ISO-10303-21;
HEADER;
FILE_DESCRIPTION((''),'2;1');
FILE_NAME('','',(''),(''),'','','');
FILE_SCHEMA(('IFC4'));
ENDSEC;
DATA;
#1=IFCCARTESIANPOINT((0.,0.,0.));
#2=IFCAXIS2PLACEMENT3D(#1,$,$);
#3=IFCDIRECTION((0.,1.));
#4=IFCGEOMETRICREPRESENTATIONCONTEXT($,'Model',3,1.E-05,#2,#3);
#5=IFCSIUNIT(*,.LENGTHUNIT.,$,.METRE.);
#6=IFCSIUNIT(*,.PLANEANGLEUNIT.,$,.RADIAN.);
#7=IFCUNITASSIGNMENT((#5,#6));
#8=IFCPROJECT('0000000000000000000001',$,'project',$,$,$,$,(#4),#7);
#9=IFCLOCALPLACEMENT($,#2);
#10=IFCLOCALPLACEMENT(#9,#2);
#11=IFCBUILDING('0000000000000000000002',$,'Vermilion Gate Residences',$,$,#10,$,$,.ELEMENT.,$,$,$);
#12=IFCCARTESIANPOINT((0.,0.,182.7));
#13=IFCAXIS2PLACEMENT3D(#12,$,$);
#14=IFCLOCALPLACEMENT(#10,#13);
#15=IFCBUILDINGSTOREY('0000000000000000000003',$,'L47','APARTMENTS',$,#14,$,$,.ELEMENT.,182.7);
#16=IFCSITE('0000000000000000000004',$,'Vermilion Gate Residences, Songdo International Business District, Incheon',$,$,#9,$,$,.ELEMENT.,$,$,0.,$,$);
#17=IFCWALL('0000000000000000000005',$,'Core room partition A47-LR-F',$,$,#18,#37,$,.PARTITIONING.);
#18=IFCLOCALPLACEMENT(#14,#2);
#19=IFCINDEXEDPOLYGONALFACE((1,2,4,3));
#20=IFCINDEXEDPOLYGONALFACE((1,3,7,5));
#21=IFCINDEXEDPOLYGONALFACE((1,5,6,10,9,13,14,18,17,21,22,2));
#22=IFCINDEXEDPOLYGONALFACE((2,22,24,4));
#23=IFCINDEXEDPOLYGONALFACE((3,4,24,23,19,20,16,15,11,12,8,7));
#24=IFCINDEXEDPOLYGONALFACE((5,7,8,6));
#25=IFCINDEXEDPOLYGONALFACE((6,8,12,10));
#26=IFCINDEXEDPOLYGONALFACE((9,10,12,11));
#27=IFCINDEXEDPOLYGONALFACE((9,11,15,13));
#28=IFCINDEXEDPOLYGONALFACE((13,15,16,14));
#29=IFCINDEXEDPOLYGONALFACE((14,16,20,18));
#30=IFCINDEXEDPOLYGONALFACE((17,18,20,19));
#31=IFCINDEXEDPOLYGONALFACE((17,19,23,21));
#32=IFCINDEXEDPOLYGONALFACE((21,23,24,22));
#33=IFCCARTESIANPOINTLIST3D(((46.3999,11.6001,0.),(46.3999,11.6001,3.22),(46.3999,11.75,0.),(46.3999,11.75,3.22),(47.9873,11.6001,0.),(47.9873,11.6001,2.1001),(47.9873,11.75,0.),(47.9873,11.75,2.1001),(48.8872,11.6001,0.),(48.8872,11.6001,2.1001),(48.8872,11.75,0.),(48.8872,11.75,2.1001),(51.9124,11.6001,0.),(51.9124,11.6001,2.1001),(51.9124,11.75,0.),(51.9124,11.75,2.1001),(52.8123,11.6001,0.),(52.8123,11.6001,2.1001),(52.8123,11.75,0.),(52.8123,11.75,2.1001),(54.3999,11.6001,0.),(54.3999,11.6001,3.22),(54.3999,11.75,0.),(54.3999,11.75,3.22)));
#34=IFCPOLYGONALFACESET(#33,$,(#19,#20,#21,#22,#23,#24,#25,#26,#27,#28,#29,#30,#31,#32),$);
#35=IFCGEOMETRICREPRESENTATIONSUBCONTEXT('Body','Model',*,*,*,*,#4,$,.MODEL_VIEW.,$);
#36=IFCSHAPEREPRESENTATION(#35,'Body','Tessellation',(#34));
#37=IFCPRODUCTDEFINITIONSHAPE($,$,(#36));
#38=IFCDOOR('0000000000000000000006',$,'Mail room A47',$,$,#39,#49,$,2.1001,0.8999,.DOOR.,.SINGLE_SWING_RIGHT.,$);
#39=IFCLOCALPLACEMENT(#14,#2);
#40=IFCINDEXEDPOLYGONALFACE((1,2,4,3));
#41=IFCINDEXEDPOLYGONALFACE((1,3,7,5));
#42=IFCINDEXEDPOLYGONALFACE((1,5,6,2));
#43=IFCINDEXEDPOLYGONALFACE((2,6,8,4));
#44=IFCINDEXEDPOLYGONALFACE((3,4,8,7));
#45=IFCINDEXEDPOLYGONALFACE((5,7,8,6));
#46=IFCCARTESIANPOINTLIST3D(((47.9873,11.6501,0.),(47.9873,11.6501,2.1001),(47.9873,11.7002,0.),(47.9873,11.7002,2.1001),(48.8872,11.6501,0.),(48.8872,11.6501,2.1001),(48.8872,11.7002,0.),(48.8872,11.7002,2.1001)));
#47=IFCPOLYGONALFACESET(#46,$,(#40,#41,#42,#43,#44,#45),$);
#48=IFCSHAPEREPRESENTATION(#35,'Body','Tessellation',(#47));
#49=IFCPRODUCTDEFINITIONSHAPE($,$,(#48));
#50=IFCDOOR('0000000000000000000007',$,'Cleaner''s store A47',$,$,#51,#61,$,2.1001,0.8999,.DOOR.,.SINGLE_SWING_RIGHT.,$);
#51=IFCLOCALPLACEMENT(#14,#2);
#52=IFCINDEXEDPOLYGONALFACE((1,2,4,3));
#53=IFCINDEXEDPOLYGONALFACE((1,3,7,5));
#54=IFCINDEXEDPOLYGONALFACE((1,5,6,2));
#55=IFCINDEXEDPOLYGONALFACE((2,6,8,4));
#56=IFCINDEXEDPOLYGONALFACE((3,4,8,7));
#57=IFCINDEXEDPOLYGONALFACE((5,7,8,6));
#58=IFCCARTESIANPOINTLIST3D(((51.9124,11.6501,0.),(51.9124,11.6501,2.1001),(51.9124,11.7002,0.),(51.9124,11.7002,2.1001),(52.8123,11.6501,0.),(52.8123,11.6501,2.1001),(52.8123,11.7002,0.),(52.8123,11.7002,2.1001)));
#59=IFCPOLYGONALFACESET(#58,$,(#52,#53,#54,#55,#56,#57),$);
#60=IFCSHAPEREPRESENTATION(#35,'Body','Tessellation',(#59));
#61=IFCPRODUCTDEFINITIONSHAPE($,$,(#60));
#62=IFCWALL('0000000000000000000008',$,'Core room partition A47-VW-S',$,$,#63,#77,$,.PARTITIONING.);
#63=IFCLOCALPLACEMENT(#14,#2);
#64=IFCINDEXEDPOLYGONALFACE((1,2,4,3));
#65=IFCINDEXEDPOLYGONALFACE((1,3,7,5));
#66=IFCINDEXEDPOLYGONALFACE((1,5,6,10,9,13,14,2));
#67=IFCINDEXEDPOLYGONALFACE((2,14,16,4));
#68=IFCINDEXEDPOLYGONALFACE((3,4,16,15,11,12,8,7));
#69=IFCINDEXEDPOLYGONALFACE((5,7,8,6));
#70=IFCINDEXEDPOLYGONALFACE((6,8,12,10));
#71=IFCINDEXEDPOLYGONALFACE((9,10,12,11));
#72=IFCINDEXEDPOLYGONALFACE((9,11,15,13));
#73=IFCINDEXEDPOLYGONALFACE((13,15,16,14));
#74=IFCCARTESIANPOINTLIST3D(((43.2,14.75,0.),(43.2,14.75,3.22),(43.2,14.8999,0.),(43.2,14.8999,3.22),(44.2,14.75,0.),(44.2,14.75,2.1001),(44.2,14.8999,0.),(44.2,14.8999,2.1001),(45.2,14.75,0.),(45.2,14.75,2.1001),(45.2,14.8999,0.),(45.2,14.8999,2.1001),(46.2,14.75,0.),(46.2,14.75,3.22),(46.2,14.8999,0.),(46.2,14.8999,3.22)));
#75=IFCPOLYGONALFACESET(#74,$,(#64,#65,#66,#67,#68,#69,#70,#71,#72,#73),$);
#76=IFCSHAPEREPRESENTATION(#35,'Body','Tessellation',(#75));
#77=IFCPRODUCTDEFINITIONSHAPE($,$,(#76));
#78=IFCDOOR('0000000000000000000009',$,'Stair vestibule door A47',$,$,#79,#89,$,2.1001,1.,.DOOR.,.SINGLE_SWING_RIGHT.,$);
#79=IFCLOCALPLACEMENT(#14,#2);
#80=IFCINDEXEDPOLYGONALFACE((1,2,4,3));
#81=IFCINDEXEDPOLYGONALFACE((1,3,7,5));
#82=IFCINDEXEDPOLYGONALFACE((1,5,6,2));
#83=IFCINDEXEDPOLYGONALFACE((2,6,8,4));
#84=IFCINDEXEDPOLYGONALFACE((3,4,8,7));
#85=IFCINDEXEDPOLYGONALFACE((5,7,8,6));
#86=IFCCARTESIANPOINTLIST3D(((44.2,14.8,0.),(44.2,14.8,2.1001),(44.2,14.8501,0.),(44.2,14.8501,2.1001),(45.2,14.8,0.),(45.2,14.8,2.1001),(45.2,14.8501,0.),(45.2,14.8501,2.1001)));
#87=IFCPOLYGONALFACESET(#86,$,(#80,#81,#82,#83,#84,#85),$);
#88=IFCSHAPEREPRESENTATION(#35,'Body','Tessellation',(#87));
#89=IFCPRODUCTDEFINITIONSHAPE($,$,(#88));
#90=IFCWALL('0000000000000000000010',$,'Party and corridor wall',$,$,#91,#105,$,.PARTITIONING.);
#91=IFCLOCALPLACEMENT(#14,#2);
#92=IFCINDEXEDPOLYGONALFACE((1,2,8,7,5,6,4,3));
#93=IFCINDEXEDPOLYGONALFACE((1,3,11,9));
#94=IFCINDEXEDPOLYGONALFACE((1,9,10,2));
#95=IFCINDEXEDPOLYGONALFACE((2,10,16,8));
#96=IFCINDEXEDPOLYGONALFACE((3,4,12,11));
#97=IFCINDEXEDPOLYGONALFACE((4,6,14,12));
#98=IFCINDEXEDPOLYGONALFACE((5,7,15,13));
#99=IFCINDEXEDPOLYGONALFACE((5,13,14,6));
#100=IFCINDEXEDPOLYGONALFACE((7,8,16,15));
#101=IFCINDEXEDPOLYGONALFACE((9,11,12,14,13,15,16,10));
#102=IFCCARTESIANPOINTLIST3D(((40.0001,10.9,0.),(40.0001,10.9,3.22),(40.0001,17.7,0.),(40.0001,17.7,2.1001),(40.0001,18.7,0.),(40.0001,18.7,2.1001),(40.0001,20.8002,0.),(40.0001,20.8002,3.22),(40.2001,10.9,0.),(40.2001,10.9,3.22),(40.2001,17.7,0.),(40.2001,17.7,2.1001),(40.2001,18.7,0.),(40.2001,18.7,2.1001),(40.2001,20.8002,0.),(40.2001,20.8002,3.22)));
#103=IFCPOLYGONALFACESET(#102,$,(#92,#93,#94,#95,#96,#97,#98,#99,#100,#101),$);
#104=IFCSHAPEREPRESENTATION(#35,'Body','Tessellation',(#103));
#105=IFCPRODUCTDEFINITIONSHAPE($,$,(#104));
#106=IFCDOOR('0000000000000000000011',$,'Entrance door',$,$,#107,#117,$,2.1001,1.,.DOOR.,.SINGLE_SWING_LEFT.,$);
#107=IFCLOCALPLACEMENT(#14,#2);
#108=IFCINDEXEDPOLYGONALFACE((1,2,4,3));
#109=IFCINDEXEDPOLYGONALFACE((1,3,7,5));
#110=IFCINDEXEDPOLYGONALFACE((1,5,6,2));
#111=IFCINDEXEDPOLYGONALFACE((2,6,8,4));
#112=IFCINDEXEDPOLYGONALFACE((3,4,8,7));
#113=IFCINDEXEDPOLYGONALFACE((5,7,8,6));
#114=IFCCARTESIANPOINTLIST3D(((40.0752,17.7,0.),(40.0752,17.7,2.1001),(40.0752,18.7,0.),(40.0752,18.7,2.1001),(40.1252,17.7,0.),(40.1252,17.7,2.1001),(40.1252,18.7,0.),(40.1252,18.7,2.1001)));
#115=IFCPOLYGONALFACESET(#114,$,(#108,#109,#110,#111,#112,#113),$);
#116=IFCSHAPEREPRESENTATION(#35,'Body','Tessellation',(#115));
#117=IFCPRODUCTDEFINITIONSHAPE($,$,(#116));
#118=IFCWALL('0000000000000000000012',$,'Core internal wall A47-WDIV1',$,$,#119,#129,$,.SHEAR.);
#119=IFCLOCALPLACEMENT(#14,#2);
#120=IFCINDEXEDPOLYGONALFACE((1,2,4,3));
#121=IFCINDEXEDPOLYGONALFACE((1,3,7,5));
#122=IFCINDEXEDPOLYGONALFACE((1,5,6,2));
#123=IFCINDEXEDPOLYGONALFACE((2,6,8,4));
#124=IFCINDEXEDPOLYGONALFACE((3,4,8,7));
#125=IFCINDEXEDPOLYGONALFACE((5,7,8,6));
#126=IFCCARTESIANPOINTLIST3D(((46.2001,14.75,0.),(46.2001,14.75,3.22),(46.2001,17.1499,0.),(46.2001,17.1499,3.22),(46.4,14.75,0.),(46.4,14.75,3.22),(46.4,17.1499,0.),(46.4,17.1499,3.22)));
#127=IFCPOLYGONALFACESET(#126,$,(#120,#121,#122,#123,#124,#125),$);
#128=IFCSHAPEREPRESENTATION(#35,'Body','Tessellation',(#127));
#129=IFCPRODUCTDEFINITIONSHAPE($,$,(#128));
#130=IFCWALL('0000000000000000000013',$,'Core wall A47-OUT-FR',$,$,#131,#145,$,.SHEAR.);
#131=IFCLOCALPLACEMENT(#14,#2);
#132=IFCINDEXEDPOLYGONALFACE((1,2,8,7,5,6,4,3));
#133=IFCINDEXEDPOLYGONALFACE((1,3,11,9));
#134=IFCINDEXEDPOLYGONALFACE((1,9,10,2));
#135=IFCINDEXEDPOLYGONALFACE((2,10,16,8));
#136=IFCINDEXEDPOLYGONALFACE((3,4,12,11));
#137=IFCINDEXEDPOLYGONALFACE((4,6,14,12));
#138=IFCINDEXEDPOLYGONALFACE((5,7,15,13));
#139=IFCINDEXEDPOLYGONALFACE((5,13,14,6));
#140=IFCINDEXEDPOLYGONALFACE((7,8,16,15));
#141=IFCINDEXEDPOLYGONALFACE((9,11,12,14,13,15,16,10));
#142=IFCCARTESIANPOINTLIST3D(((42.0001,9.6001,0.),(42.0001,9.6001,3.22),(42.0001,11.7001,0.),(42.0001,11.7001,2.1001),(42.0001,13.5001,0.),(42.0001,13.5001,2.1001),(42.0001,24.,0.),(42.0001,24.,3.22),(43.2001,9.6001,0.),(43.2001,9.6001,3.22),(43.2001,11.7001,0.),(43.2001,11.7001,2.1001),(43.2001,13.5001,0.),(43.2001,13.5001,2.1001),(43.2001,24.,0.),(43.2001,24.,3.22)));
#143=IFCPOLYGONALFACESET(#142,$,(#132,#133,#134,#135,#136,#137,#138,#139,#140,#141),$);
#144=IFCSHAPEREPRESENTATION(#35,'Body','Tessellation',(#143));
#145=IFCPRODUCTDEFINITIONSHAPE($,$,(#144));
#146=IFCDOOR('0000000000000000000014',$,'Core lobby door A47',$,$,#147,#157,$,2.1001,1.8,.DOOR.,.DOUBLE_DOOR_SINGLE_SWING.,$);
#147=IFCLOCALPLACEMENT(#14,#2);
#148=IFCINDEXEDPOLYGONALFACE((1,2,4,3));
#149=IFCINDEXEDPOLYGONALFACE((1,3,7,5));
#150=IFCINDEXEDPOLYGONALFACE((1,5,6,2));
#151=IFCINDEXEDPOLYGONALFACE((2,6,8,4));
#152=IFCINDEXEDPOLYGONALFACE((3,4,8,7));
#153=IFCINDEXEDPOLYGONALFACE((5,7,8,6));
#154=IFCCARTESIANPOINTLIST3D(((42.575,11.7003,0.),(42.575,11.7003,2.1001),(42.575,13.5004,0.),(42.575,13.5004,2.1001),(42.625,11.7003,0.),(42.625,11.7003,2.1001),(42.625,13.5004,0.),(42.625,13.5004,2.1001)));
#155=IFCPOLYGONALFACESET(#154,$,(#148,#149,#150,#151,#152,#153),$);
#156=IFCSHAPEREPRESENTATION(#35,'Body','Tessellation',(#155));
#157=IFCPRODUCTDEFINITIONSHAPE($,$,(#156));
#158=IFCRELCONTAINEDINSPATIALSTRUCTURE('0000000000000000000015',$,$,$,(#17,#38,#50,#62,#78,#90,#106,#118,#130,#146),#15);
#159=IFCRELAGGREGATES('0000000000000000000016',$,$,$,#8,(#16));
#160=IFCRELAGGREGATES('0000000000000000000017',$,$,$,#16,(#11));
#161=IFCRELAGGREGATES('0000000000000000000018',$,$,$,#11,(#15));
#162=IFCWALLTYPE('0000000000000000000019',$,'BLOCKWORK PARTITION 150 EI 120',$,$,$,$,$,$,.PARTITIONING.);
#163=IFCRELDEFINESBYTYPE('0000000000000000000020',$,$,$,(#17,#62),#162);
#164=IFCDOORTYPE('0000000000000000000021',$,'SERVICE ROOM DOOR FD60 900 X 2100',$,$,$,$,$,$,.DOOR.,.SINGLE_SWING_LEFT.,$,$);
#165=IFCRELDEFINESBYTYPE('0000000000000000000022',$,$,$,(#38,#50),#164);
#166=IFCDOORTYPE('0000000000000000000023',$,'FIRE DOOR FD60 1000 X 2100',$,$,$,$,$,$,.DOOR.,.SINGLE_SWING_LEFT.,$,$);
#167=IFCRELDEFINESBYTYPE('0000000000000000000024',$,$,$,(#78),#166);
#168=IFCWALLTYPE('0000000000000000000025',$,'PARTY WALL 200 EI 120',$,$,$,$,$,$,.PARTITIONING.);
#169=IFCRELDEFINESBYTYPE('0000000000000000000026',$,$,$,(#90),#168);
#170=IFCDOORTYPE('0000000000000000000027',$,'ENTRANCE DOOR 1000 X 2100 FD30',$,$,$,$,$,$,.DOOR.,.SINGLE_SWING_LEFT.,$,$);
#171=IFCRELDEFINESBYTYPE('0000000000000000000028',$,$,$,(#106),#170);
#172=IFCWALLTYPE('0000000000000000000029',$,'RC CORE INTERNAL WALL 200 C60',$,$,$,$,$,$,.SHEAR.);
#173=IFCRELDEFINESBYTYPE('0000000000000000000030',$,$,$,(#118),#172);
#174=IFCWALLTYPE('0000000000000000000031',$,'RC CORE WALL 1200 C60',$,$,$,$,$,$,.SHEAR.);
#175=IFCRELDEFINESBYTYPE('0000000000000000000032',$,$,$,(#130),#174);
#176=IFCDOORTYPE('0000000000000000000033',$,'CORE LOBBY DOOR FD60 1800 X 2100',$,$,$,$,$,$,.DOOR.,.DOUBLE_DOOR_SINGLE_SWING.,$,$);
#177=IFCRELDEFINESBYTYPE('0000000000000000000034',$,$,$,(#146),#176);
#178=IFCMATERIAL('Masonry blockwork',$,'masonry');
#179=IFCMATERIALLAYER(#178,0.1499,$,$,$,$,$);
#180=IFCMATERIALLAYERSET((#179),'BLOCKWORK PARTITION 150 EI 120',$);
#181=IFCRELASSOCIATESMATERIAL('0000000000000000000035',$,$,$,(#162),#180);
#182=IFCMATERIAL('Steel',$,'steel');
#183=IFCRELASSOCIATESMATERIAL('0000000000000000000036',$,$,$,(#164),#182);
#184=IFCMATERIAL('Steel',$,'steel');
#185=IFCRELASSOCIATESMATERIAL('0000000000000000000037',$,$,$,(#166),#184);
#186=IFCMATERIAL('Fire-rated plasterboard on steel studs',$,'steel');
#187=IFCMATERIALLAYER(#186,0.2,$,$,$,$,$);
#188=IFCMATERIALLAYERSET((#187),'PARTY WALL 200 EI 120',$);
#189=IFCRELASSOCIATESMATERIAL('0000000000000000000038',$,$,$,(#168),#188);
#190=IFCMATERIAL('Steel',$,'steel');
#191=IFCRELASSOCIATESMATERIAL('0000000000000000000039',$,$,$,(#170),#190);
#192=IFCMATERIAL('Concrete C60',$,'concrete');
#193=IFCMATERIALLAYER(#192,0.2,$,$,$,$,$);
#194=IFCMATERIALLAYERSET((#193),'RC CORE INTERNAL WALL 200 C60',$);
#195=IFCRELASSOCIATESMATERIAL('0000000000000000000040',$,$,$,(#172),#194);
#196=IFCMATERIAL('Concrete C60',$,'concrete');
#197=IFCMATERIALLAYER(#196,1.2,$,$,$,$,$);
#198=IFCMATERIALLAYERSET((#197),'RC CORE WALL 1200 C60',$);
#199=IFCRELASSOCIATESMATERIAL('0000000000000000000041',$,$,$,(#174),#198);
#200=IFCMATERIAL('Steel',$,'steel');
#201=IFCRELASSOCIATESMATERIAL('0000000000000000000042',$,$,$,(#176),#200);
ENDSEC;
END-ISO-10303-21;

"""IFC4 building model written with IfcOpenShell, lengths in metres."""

from ifc_helpers import new_model, si_unit, direction, frame, frame_2d, origin, place, context, subcontext, project, spatial, rectangle, extrude, material, layer, layer_set, type_object, element, fill, save


model = new_model("IFC4")

# Units and contexts
model_context = context("Model", 3, precision=1e-05, world=origin(), true_north=direction((0.0, 1.0)))
body_context = subcontext(model_context, "Body", "Model", "MODEL_VIEW")
ifc_project = project(units=[si_unit("LENGTHUNIT", "METRE"), si_unit("PLANEANGLEUNIT", "RADIAN")], contexts=[model_context])

# Site, building, storey
site_placement = place(None, origin())
site = spatial("IfcSite", under=ifc_project, at=site_placement, Name="Vermilion Gate Residences, Songdo International Business District, Incheon", CompositionType="ELEMENT", RefElevation=0.0)
building_placement = place(site_placement, origin())
building = spatial("IfcBuilding", under=site, at=building_placement, Name="Vermilion Gate Residences", CompositionType="ELEMENT")
storey_placement = place(building_placement, frame((0.0, 0.0, 182.7)))
storey = spatial("IfcBuildingStorey", under=building, at=storey_placement, Name="L47", Description="APARTMENTS", CompositionType="ELEMENT", Elevation=182.7)

# Wall, openings, doors
ifc_material_1 = material(Name="Masonry blockwork", Category="masonry")
ifc_layer_1 = layer(ifc_material_1, 0.1499)
ifc_layer_set_1 = layer_set([ifc_layer_1], Name="BLOCKWORK PARTITION 150 EI 120")
wall_type_1 = type_object("IfcWallType", Name="BLOCKWORK PARTITION 150 EI 120", PredefinedType="PARTITIONING", material=ifc_layer_set_1)
wall_1_placement = place(storey_placement, frame((46.3999, 11.675, 0.0), z_axis=(0.0, 0.0, 1.0), x_axis=(1.0, 0.0, 0.0)))
wall_1 = element("IfcWall", 1, at=wall_1_placement, inside=storey, type_object=wall_type_1, Name="Core room partition A47-LR-F", PredefinedType="PARTITIONING", context=body_context, shape_type="SweptSolid", body=[
    extrude(rectangle(XDim=8.0, YDim=0.1499, at=frame_2d((4.0, 0.0))), origin(), (0.0, 0.0, 1.0), 3.22),
])
opening_1_placement = place(wall_1_placement, frame((1.5874, 0.0, 0.0)))
opening_1 = element("IfcOpeningElement", 2, at=opening_1_placement, cuts=wall_1, PredefinedType="OPENING", context=body_context, shape_type="SweptSolid", body=[
    extrude(rectangle(XDim=0.8999, YDim=2.1001, at=frame_2d((0.45, 1.05))), frame((0.0, 0.085, 0.0), z_axis=(0.0, -1.0, 0.0), x_axis=(1.0, 0.0, 0.0)), (0.0, 0.0, 1.0), 0.1699),
])
opening_2_placement = place(wall_1_placement, frame((5.5125, 0.0, 0.0)))
opening_2 = element("IfcOpeningElement", 3, at=opening_2_placement, cuts=wall_1, PredefinedType="OPENING", context=body_context, shape_type="SweptSolid", body=[
    extrude(rectangle(XDim=0.8999, YDim=2.1001, at=frame_2d((0.45, 1.05))), frame((0.0, 0.085, 0.0), z_axis=(0.0, -1.0, 0.0), x_axis=(1.0, 0.0, 0.0)), (0.0, 0.0, 1.0), 0.1699),
])
ifc_material_2 = material(Name="Steel", Category="steel")
door_type_1 = type_object("IfcDoorType", Name="SERVICE ROOM DOOR FD60 900 X 2100", OperationType="SINGLE_SWING_LEFT", PredefinedType="DOOR", material=ifc_material_2)
door_1_placement = place(opening_1_placement, frame((0.8999, 0.0, 0.0), z_axis=(0.0, 0.0, 1.0), x_axis=(-1.0, 0.0, 0.0)))
door_1 = element("IfcDoor", 4, at=door_1_placement, inside=storey, type_object=door_type_1, Name="Mail room A47", OperationType="SINGLE_SWING_RIGHT", OverallHeight=2.1001, OverallWidth=0.8999, PredefinedType="DOOR", context=body_context, shape_type="SweptSolid", body=[
    extrude(rectangle(XDim=0.8999, YDim=2.1001, at=frame_2d((0.45, 1.05))), frame((0.0, 0.0249, 0.0), z_axis=(0.0, -1.0, 0.0), x_axis=(1.0, 0.0, 0.0)), (0.0, 0.0, 1.0), 0.05),
])
fill(opening_1, door_1)
door_2_placement = place(opening_2_placement, frame((0.8999, 0.0, 0.0), z_axis=(0.0, 0.0, 1.0), x_axis=(-1.0, 0.0, 0.0)))
door_2 = element("IfcDoor", 5, at=door_2_placement, inside=storey, type_object=door_type_1, Name="Cleaner's store A47", OperationType="SINGLE_SWING_RIGHT", OverallHeight=2.1001, OverallWidth=0.8999, PredefinedType="DOOR", context=body_context, shape_type="SweptSolid", body=[
    extrude(rectangle(XDim=0.8999, YDim=2.1001, at=frame_2d((0.45, 1.05))), frame((0.0, 0.0249, 0.0), z_axis=(0.0, -1.0, 0.0), x_axis=(1.0, 0.0, 0.0)), (0.0, 0.0, 1.0), 0.05),
])
fill(opening_2, door_2)

# Walls, openings, doors
wall_2_placement = place(storey_placement, frame((43.2, 14.825, 0.0), z_axis=(0.0, 0.0, 1.0), x_axis=(1.0, 0.0, 0.0)))
wall_2 = element("IfcWall", 6, at=wall_2_placement, inside=storey, type_object=wall_type_1, Name="Core room partition A47-VW-S", PredefinedType="PARTITIONING", context=body_context, shape_type="SweptSolid", body=[
    extrude(rectangle(XDim=3.0, YDim=0.1499, at=frame_2d((1.5, 0.0))), origin(), (0.0, 0.0, 1.0), 3.22),
])
opening_3_placement = place(wall_2_placement, frame((1.0, 0.0, 0.0)))
opening_3 = element("IfcOpeningElement", 7, at=opening_3_placement, cuts=wall_2, PredefinedType="OPENING", context=body_context, shape_type="SweptSolid", body=[
    extrude(rectangle(XDim=1.0, YDim=2.1001, at=frame_2d((0.5, 1.05))), frame((0.0, 0.085, 0.0), z_axis=(0.0, -1.0, 0.0), x_axis=(1.0, 0.0, 0.0)), (0.0, 0.0, 1.0), 0.1699),
])
ifc_material_3 = material(Name="Steel", Category="steel")
door_type_2 = type_object("IfcDoorType", Name="FIRE DOOR FD60 1000 X 2100", OperationType="SINGLE_SWING_LEFT", PredefinedType="DOOR", material=ifc_material_3)
door_3_placement = place(opening_3_placement, frame((1.0, 0.0, 0.0), z_axis=(0.0, 0.0, 1.0), x_axis=(-1.0, 0.0, 0.0)))
door_3 = element("IfcDoor", 8, at=door_3_placement, inside=storey, type_object=door_type_2, Name="Stair vestibule door A47", OperationType="SINGLE_SWING_RIGHT", OverallHeight=2.1001, OverallWidth=1.0, PredefinedType="DOOR", context=body_context, shape_type="SweptSolid", body=[
    extrude(rectangle(XDim=1.0, YDim=2.1001, at=frame_2d((0.5, 1.05))), frame((0.0, 0.0249, 0.0), z_axis=(0.0, -1.0, 0.0), x_axis=(1.0, 0.0, 0.0)), (0.0, 0.0, 1.0), 0.05),
])
fill(opening_3, door_3)
ifc_material_4 = material(Name="Fire-rated plasterboard on steel studs", Category="steel")
ifc_layer_2 = layer(ifc_material_4, 0.2)
ifc_layer_set_2 = layer_set([ifc_layer_2], Name="PARTY WALL 200 EI 120")
wall_type_2 = type_object("IfcWallType", Name="PARTY WALL 200 EI 120", PredefinedType="PARTITIONING", material=ifc_layer_set_2)
wall_3_placement = place(storey_placement, frame((40.1001, 10.8999, 0.0), z_axis=(0.0, 0.0, 1.0), x_axis=(0.0, 1.0, 0.0)))
wall_3 = element("IfcWall", 9, at=wall_3_placement, inside=storey, type_object=wall_type_2, Name="Party and corridor wall", PredefinedType="PARTITIONING", context=body_context, shape_type="SweptSolid", body=[
    extrude(rectangle(XDim=9.9001, YDim=0.2, at=frame_2d((4.9502, 0.0))), origin(), (0.0, 0.0, 1.0), 3.22),
])
opening_4_placement = place(wall_3_placement, frame((6.8, 0.0, 0.0)))
opening_4 = element("IfcOpeningElement", 10, at=opening_4_placement, cuts=wall_3, PredefinedType="OPENING", context=body_context, shape_type="SweptSolid", body=[
    extrude(rectangle(XDim=1.0, YDim=2.1001, at=frame_2d((0.5, 1.05))), frame((0.0, 0.1099, 0.0), z_axis=(0.0, -1.0, 0.0), x_axis=(1.0, 0.0, 0.0)), (0.0, 0.0, 1.0), 0.22),
])
ifc_material_5 = material(Name="Steel", Category="steel")
door_type_3 = type_object("IfcDoorType", Name="ENTRANCE DOOR 1000 X 2100 FD30", OperationType="SINGLE_SWING_LEFT", PredefinedType="DOOR", material=ifc_material_5)
door_4_placement = place(opening_4_placement, origin())
door_4 = element("IfcDoor", 11, at=door_4_placement, inside=storey, type_object=door_type_3, Name="Entrance door", OperationType="SINGLE_SWING_LEFT", OverallHeight=2.1001, OverallWidth=1.0, PredefinedType="DOOR", context=body_context, shape_type="SweptSolid", body=[
    extrude(rectangle(XDim=1.0, YDim=2.1001, at=frame_2d((0.5, 1.05))), frame((0.0, 0.0249, 0.0), z_axis=(0.0, -1.0, 0.0), x_axis=(1.0, 0.0, 0.0)), (0.0, 0.0, 1.0), 0.05),
])
fill(opening_4, door_4)

# Wall
ifc_material_6 = material(Name="Concrete C60", Category="concrete")
ifc_layer_3 = layer(ifc_material_6, 0.2)
ifc_layer_set_3 = layer_set([ifc_layer_3], Name="RC CORE INTERNAL WALL 200 C60")
wall_type_3 = type_object("IfcWallType", Name="RC CORE INTERNAL WALL 200 C60", PredefinedType="SHEAR", material=ifc_layer_set_3)
wall_4_placement = place(storey_placement, frame((46.3, 14.75, 0.0), z_axis=(0.0, 0.0, 1.0), x_axis=(0.0, 1.0, 0.0)))
element("IfcWall", 12, at=wall_4_placement, inside=storey, type_object=wall_type_3, Name="Core internal wall A47-WDIV1", PredefinedType="SHEAR", context=body_context, shape_type="SweptSolid", body=[
    extrude(rectangle(XDim=2.3999, YDim=0.2, at=frame_2d((1.2, 0.0))), origin(), (0.0, 0.0, 1.0), 3.22),
])

# Wall, opening, door
ifc_material_7 = material(Name="Concrete C60", Category="concrete")
ifc_layer_4 = layer(ifc_material_7, 1.2)
ifc_layer_set_4 = layer_set([ifc_layer_4], Name="RC CORE WALL 1200 C60")
wall_type_4 = type_object("IfcWallType", Name="RC CORE WALL 1200 C60", PredefinedType="SHEAR", material=ifc_layer_set_4)
wall_5_placement = place(storey_placement, frame((42.6001, 9.6001, 0.0), z_axis=(0.0, 0.0, 1.0), x_axis=(0.0, 1.0, 0.0)))
wall_5 = element("IfcWall", 13, at=wall_5_placement, inside=storey, type_object=wall_type_4, Name="Core wall A47-OUT-FR", PredefinedType="SHEAR", context=body_context, shape_type="SweptSolid", body=[
    extrude(rectangle(XDim=14.3999, YDim=1.2, at=frame_2d((7.2, 0.0))), origin(), (0.0, 0.0, 1.0), 3.22),
])
opening_5_placement = place(wall_5_placement, frame((2.1001, 0.0, 0.0)))
opening_5 = element("IfcOpeningElement", 14, at=opening_5_placement, cuts=wall_5, PredefinedType="OPENING", context=body_context, shape_type="SweptSolid", body=[
    extrude(rectangle(XDim=1.8, YDim=2.1001, at=frame_2d((0.8999, 1.05))), frame((0.0, 0.6099, 0.0), z_axis=(0.0, -1.0, 0.0), x_axis=(1.0, 0.0, 0.0)), (0.0, 0.0, 1.0), 1.22),
])
ifc_material_8 = material(Name="Steel", Category="steel")
door_type_4 = type_object("IfcDoorType", Name="CORE LOBBY DOOR FD60 1800 X 2100", OperationType="DOUBLE_DOOR_SINGLE_SWING", PredefinedType="DOOR", material=ifc_material_8)
door_5_placement = place(opening_5_placement, frame((1.8, 0.0, 0.0), z_axis=(0.0, 0.0, 1.0), x_axis=(-1.0, 0.0, 0.0)))
door_5 = element("IfcDoor", 15, at=door_5_placement, inside=storey, type_object=door_type_4, Name="Core lobby door A47", OperationType="DOUBLE_DOOR_SINGLE_SWING", OverallHeight=2.1001, OverallWidth=1.8, PredefinedType="DOOR", context=body_context, shape_type="SweptSolid", body=[
    extrude(rectangle(XDim=1.8, YDim=2.1001, at=frame_2d((0.8999, 1.05))), frame((0.0, 0.0249, 0.0), z_axis=(0.0, -1.0, 0.0), x_axis=(1.0, 0.0, 0.0)), (0.0, 0.0, 1.0), 0.05),
])
fill(opening_5, door_5)

save(model, "model.ifc")
